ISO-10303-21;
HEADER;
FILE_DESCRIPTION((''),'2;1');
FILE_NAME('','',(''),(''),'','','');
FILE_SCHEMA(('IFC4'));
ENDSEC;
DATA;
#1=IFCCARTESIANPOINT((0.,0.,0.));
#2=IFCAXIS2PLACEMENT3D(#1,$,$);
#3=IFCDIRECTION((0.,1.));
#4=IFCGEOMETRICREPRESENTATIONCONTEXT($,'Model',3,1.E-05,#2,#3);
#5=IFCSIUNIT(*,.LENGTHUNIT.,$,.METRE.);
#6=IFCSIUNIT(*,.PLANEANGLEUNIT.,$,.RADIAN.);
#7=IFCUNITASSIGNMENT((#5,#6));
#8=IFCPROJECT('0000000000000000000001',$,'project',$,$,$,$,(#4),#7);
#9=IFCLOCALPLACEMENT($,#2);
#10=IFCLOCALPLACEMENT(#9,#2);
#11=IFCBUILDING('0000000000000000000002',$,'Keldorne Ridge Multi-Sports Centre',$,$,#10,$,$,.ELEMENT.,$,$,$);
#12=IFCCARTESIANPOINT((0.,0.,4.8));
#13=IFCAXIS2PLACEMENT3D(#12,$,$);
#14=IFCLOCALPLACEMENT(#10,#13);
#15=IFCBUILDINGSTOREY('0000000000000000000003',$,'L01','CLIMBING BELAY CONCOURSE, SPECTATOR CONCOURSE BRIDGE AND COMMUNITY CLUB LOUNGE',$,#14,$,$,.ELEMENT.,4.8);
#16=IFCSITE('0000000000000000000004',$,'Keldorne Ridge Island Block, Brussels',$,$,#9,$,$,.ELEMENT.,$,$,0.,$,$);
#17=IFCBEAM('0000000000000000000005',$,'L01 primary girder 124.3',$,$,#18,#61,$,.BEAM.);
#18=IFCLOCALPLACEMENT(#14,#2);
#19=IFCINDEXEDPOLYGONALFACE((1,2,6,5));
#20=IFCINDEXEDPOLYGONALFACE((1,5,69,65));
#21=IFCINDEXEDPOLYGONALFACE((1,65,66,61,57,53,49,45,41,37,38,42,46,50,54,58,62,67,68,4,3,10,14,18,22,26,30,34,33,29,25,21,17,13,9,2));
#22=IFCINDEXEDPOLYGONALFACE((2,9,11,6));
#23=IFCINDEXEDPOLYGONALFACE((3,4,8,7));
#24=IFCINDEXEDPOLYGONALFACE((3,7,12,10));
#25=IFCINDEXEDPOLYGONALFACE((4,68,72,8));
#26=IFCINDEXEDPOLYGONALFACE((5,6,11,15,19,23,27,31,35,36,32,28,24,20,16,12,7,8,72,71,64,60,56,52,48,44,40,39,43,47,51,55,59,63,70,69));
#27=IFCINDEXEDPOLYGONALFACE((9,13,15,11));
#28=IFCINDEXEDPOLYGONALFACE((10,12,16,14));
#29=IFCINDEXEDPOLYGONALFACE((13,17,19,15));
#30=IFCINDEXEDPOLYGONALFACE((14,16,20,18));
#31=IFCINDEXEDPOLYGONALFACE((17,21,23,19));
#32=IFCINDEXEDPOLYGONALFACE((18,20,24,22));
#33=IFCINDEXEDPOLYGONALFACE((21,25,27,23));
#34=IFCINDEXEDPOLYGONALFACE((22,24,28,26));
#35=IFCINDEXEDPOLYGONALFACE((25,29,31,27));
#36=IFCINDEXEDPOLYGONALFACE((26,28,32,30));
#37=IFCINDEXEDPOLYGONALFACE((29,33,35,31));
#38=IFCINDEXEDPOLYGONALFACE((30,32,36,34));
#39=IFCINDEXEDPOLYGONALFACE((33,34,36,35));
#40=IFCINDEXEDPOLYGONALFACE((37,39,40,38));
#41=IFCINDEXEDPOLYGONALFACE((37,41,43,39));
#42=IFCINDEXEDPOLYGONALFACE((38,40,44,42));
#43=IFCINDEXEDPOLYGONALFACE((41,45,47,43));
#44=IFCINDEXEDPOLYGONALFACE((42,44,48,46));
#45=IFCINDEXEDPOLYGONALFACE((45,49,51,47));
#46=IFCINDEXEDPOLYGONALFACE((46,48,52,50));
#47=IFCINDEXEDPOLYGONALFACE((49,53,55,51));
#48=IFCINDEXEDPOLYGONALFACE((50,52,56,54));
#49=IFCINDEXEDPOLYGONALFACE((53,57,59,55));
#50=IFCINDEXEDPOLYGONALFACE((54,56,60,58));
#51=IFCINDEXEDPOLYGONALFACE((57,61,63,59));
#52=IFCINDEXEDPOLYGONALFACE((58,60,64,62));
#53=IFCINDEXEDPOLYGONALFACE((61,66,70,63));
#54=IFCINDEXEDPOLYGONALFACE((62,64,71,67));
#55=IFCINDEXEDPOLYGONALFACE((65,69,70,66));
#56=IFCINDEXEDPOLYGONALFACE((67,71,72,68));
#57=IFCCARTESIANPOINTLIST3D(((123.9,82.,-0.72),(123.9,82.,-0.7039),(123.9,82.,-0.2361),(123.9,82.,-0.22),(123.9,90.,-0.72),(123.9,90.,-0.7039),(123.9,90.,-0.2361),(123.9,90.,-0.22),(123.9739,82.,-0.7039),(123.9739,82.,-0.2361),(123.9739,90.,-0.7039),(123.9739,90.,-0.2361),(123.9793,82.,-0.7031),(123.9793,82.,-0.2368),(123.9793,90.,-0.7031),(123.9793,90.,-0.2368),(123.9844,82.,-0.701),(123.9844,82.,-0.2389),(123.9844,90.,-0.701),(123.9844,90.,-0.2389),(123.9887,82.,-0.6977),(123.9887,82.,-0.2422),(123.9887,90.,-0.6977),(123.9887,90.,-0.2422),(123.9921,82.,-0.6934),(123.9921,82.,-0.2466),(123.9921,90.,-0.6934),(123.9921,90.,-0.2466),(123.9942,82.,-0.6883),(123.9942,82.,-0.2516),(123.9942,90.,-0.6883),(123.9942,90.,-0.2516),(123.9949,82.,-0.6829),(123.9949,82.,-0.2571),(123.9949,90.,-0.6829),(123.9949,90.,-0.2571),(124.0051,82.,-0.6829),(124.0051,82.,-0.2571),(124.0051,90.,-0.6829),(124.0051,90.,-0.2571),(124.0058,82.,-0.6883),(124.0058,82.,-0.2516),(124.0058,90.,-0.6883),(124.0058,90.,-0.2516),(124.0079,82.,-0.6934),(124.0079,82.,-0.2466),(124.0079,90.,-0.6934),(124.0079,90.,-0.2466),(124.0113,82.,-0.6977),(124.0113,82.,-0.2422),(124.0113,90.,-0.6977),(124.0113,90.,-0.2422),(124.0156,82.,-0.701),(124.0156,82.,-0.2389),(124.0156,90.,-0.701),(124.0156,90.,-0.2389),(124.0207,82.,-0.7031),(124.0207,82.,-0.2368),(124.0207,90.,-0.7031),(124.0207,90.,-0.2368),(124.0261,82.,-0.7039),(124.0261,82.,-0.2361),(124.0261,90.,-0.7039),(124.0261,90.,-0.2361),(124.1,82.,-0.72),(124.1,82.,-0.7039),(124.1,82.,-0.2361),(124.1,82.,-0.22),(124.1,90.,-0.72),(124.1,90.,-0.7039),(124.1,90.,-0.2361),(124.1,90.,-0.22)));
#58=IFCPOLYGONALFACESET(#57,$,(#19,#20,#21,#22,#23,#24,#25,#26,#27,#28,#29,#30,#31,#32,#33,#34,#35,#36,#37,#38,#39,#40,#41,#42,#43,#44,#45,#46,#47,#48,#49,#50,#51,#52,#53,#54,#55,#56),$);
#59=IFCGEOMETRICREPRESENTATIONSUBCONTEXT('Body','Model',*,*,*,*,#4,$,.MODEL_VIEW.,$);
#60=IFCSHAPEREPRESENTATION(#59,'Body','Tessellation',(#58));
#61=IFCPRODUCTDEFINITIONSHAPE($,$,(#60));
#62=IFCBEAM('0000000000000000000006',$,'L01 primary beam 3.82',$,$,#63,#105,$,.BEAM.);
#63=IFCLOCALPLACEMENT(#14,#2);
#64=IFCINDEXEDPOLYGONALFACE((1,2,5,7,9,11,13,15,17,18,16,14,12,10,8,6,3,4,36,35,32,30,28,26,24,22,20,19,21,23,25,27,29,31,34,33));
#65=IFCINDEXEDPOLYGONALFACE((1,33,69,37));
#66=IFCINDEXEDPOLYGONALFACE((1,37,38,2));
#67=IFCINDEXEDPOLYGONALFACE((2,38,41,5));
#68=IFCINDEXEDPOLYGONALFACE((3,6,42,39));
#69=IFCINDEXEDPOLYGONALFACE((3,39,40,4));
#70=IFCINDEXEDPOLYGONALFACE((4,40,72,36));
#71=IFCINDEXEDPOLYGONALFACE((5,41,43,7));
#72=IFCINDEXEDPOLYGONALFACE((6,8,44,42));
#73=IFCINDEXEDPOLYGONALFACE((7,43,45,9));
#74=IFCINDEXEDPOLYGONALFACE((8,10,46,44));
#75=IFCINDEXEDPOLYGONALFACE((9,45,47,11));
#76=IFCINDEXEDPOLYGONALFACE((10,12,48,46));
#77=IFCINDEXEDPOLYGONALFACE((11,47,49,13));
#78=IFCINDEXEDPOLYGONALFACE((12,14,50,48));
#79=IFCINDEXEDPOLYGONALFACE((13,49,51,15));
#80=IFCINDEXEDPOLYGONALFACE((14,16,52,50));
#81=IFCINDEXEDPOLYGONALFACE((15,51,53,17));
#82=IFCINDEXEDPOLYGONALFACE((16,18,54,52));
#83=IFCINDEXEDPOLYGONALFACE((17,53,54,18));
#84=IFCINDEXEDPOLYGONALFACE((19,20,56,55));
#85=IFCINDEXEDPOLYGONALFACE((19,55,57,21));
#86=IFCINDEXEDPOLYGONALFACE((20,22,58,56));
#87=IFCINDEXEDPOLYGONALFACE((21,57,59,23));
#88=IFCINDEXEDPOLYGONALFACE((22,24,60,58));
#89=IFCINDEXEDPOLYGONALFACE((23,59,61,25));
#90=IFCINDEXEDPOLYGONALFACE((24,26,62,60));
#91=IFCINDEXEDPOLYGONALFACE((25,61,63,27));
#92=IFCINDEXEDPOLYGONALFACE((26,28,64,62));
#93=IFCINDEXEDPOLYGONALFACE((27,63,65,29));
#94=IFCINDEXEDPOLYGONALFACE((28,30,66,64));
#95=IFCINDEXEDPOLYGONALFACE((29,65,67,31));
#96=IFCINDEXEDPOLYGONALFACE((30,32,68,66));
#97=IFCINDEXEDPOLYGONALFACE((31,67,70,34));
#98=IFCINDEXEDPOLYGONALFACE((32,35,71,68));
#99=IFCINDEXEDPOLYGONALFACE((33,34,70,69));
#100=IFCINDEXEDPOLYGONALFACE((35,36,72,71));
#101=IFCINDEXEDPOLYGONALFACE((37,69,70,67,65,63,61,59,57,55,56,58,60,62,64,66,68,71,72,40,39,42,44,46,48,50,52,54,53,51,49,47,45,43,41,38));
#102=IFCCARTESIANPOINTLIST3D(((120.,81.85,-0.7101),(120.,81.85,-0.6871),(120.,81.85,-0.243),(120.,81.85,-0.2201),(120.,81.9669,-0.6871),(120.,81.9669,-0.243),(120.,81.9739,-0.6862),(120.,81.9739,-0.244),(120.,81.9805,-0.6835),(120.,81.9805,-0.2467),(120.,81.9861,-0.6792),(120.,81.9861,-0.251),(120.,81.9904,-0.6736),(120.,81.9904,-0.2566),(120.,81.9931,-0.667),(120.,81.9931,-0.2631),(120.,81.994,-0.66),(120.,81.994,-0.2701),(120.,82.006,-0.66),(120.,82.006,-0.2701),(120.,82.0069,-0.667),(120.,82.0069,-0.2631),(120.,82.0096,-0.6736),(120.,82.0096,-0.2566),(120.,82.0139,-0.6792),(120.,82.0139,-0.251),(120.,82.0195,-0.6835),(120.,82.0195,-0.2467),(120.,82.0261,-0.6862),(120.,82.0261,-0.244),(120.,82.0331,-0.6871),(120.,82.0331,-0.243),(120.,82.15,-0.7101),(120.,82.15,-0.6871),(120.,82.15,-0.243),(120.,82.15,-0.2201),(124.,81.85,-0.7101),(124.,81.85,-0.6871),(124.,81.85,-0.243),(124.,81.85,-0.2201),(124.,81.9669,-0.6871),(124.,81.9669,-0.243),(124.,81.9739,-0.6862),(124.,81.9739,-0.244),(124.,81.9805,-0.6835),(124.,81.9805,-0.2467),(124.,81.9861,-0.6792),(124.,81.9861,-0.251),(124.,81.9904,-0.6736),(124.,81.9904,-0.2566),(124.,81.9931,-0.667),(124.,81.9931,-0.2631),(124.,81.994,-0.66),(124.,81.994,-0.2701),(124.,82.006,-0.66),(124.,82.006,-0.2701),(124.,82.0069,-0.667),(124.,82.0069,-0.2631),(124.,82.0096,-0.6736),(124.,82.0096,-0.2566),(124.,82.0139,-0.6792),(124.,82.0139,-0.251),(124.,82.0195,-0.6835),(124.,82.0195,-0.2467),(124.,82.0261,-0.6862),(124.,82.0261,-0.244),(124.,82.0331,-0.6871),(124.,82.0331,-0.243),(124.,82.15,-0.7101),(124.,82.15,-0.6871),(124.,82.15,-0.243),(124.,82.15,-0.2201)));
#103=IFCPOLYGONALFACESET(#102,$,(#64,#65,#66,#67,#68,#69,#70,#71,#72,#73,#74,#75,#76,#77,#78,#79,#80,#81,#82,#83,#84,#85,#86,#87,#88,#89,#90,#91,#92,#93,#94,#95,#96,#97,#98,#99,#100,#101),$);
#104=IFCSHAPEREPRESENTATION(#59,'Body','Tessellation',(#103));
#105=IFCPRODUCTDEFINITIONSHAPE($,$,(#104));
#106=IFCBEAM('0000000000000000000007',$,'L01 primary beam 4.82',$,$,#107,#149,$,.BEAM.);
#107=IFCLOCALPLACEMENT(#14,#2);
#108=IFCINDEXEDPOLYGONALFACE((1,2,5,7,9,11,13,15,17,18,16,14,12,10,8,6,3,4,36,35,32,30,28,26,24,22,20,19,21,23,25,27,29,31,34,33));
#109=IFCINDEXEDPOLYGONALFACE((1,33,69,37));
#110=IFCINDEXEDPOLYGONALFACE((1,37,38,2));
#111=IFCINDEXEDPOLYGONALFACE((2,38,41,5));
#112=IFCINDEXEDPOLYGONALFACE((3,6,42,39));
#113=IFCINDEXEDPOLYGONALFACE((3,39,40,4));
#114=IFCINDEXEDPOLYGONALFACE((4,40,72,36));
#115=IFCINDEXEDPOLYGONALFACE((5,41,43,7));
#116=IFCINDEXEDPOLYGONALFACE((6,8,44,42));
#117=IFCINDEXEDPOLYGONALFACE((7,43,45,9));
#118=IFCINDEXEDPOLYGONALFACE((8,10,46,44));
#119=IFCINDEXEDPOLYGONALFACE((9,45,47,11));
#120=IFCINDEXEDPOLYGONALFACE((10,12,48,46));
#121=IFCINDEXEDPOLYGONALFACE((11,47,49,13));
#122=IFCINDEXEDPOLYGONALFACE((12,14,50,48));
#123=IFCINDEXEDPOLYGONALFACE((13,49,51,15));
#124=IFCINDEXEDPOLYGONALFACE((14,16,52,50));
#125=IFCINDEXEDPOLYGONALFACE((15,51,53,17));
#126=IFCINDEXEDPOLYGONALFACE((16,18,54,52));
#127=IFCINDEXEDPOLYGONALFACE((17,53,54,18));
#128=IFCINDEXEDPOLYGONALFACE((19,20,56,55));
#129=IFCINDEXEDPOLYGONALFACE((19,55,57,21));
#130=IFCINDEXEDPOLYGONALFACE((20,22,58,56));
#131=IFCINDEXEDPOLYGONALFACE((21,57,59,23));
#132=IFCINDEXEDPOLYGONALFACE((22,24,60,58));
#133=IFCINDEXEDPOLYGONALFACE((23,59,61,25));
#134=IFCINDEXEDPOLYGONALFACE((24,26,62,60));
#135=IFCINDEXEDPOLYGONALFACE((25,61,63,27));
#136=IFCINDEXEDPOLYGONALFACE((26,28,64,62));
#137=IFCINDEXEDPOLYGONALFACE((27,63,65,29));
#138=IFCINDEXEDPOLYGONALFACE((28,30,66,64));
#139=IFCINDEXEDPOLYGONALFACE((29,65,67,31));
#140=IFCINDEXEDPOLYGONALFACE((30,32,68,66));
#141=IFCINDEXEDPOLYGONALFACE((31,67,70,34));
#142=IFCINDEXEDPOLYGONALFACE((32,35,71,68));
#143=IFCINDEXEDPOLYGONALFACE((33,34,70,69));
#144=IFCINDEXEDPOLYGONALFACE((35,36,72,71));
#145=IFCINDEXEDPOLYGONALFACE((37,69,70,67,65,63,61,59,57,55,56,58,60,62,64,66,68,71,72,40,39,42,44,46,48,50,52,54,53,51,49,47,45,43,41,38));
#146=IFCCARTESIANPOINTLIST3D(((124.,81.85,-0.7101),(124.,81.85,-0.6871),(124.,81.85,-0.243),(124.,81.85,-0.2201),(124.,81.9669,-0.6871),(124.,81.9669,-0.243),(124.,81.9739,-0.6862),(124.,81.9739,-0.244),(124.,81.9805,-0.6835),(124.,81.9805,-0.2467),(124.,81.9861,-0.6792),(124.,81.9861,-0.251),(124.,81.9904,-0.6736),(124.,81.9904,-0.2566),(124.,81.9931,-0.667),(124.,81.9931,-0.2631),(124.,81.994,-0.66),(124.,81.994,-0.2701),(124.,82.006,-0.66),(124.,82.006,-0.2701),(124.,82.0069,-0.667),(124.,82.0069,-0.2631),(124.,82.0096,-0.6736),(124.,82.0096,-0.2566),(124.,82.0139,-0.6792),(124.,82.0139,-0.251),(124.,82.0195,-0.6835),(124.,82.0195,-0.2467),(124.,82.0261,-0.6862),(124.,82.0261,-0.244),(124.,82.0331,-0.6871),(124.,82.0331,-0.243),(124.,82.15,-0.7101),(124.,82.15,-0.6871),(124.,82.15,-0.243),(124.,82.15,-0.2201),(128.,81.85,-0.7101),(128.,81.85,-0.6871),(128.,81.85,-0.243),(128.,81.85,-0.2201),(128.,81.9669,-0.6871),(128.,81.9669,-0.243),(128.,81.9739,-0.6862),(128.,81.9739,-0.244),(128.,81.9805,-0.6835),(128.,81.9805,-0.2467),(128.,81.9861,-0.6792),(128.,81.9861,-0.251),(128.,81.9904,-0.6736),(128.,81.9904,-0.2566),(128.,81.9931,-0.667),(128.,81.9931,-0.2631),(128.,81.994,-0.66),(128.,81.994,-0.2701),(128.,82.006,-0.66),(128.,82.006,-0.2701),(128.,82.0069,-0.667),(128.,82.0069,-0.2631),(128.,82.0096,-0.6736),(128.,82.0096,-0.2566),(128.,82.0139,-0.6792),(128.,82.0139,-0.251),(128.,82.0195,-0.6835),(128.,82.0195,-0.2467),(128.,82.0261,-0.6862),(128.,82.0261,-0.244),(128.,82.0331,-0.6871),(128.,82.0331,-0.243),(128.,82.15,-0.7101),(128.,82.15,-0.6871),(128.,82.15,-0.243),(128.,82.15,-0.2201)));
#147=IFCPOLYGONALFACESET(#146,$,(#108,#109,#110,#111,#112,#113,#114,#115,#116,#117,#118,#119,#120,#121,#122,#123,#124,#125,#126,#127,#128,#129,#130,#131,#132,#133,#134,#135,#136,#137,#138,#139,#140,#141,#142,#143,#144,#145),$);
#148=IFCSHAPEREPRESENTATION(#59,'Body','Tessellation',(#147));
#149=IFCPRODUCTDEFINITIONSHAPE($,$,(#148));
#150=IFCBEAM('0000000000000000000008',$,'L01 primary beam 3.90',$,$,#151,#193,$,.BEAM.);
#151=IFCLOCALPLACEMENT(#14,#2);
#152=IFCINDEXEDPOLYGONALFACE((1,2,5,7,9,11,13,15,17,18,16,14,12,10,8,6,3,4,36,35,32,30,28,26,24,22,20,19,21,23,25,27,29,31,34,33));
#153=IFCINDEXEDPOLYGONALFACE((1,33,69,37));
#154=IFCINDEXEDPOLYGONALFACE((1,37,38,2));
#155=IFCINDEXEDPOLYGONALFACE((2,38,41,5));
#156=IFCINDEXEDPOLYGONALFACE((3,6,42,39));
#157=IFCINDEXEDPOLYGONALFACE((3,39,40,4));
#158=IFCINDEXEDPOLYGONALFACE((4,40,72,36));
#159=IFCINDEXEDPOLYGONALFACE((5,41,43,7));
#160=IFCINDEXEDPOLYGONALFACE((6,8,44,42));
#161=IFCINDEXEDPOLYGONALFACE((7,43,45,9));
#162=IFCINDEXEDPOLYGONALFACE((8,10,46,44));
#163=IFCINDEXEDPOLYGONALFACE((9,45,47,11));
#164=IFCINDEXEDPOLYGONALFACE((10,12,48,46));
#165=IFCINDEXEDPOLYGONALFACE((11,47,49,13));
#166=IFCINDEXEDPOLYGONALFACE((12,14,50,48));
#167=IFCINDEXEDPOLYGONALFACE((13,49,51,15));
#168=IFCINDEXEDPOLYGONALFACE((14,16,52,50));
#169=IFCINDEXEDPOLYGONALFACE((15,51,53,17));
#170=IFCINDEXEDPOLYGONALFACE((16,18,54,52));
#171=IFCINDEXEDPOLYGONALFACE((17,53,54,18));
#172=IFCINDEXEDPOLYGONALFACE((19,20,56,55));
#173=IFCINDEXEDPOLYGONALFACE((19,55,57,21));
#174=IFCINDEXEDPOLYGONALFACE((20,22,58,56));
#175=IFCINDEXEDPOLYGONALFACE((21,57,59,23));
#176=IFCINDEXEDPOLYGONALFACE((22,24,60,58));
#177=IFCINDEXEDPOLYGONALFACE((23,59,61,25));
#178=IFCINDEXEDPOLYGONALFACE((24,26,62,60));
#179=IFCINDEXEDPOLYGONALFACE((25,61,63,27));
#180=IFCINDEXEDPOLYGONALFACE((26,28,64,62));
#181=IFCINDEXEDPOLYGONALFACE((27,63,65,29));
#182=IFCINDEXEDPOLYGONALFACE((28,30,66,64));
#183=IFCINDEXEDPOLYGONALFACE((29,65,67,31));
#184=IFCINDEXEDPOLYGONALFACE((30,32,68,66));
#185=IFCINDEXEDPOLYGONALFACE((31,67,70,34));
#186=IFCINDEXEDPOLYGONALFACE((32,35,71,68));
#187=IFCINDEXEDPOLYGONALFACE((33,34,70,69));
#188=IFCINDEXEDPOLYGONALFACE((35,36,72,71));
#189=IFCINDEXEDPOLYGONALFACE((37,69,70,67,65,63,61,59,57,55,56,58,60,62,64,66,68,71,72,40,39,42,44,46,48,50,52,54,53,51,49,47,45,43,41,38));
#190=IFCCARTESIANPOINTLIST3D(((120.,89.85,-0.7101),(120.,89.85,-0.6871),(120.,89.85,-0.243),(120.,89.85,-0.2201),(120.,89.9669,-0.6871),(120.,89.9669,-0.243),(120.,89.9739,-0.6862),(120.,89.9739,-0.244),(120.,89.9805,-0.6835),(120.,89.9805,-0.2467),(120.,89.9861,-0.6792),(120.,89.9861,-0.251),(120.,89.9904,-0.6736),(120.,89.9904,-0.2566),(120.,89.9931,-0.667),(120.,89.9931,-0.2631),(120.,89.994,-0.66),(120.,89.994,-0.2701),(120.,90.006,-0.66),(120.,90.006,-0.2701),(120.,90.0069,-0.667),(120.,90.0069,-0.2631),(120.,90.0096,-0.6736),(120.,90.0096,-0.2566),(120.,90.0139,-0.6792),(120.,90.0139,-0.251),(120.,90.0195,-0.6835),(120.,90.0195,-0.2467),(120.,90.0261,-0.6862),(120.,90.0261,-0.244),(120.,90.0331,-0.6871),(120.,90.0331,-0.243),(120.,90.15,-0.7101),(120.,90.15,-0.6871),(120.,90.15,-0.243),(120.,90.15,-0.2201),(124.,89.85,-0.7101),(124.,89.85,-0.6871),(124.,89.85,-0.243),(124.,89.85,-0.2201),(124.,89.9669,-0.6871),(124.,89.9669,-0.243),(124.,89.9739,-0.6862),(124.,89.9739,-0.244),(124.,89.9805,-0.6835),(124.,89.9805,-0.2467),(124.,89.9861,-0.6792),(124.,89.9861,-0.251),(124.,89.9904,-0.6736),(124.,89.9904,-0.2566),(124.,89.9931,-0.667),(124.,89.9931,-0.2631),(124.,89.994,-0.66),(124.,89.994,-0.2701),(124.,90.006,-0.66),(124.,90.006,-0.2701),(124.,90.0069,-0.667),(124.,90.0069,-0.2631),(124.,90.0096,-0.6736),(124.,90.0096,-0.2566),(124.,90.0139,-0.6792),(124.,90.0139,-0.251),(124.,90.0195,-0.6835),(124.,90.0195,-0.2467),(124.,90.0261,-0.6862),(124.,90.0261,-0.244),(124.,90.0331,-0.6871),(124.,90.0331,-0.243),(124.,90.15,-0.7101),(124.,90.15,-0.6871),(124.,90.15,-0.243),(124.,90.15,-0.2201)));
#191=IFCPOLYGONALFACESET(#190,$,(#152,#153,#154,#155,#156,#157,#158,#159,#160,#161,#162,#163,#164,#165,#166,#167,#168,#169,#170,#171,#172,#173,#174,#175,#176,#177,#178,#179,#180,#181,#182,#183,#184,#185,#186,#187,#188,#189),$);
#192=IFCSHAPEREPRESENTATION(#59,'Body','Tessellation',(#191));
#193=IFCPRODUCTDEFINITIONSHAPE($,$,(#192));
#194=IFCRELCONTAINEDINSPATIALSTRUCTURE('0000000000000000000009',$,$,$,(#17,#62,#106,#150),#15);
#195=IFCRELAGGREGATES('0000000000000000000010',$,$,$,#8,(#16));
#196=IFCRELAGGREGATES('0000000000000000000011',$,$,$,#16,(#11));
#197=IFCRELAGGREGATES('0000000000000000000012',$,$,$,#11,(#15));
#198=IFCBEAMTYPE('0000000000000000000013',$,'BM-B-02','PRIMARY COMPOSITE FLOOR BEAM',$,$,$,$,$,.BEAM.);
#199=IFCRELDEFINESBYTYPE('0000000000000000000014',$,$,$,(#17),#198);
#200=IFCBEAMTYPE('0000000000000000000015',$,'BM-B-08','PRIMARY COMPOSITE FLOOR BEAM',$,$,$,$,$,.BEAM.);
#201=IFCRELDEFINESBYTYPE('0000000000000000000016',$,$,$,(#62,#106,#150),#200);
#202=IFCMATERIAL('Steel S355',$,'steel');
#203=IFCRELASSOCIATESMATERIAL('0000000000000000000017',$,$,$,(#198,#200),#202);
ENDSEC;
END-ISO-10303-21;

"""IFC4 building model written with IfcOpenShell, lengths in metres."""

from ifc_helpers import new_model, si_unit, direction, frame, origin, origin_2d, place, context, subcontext, project, spatial, i_section, extrude, material, material_profile, profile_set, type_object, element, save


model = new_model("IFC4")

# Units and contexts
model_context = context("Model", 3, precision=1e-05, world=origin(), true_north=direction((0.0, 1.0)))
body_context = subcontext(model_context, "Body", "Model", "MODEL_VIEW")
ifc_project = project(units=[si_unit("LENGTHUNIT", "METRE"), si_unit("PLANEANGLEUNIT", "RADIAN")], contexts=[model_context])

# Site, building, storey
site_placement = place(None, origin())
site = spatial("IfcSite", under=ifc_project, at=site_placement, Name="Keldorne Ridge Island Block, Brussels", CompositionType="ELEMENT", RefElevation=0.0)
building_placement = place(site_placement, origin())
building = spatial("IfcBuilding", under=site, at=building_placement, Name="Keldorne Ridge Multi-Sports Centre", CompositionType="ELEMENT")
storey_placement = place(building_placement, frame((0.0, 0.0, 4.8)))
storey = spatial("IfcBuildingStorey", under=building, at=storey_placement, Name="L01", Description="CLIMBING BELAY CONCOURSE, SPECTATOR CONCOURSE BRIDGE AND COMMUNITY CLUB LOUNGE", CompositionType="ELEMENT", Elevation=4.8)

# Shared definitions
ifc_material_1 = material(Name="Steel S355", Category="steel")

# Beams
ifc_material_profile_1 = material_profile(ifc_material_1, i_section(OverallWidth=0.2, OverallDepth=0.5, WebThickness=0.0103, FlangeThickness=0.0161, FilletRadius=0.021, at=origin_2d()), Name="IPE 500")
ifc_profile_set_1 = profile_set([ifc_material_profile_1], Name="Steel S355")
beam_type_1 = type_object("IfcBeamType", Name="BM-B-02", Description="PRIMARY COMPOSITE FLOOR BEAM", PredefinedType="BEAM", material=ifc_profile_set_1)
for number, where, z_axis, x_axis, name in (
    (1, (124.0, 82.0, -0.47), (0.0, 1.0, 0.0), (-1.0, 0.0, 0.0), "L01 primary girder 124.3"),
):
    element("IfcBeam", number, at=place(storey_placement, frame(where, z_axis=z_axis, x_axis=x_axis)), inside=storey, type_object=beam_type_1, Name=name, PredefinedType="BEAM", context=body_context, shape_type="SweptSolid", body=[
        extrude(i_section(OverallWidth=0.2, OverallDepth=0.5, WebThickness=0.0103, FlangeThickness=0.0161, FilletRadius=0.021, at=origin_2d()), origin(), (0.0, 0.0, 1.0), 8.0),
    ])
ifc_material_profile_2 = material_profile(ifc_material_1, i_section(OverallWidth=0.3, OverallDepth=0.49, WebThickness=0.012, FlangeThickness=0.0229, FilletRadius=0.0271, at=origin_2d()), Name="HEA 500")
ifc_profile_set_2 = profile_set([ifc_material_profile_2], Name="Steel S355")
beam_type_2 = type_object("IfcBeamType", Name="BM-B-08", Description="PRIMARY COMPOSITE FLOOR BEAM", PredefinedType="BEAM", material=ifc_profile_set_2)
for number, where, z_axis, x_axis, name in (
    (2, (120.0, 82.0, -0.4651), (1.0, 0.0, 0.0), (0.0, 1.0, 0.0), "L01 primary beam 3.82"),
    (3, (124.0, 82.0, -0.4651), (1.0, 0.0, 0.0), (0.0, 1.0, 0.0), "L01 primary beam 4.82"),
    (4, (120.0, 90.0, -0.4651), (1.0, 0.0, 0.0), (0.0, 1.0, 0.0), "L01 primary beam 3.90"),
):
    element("IfcBeam", number, at=place(storey_placement, frame(where, z_axis=z_axis, x_axis=x_axis)), inside=storey, type_object=beam_type_2, Name=name, PredefinedType="BEAM", context=body_context, shape_type="SweptSolid", body=[
        extrude(i_section(OverallWidth=0.3, OverallDepth=0.49, WebThickness=0.012, FlangeThickness=0.0229, FilletRadius=0.0271, at=origin_2d()), origin(), (0.0, 0.0, 1.0), 4.0),
    ])

save(model, "model.ifc")
